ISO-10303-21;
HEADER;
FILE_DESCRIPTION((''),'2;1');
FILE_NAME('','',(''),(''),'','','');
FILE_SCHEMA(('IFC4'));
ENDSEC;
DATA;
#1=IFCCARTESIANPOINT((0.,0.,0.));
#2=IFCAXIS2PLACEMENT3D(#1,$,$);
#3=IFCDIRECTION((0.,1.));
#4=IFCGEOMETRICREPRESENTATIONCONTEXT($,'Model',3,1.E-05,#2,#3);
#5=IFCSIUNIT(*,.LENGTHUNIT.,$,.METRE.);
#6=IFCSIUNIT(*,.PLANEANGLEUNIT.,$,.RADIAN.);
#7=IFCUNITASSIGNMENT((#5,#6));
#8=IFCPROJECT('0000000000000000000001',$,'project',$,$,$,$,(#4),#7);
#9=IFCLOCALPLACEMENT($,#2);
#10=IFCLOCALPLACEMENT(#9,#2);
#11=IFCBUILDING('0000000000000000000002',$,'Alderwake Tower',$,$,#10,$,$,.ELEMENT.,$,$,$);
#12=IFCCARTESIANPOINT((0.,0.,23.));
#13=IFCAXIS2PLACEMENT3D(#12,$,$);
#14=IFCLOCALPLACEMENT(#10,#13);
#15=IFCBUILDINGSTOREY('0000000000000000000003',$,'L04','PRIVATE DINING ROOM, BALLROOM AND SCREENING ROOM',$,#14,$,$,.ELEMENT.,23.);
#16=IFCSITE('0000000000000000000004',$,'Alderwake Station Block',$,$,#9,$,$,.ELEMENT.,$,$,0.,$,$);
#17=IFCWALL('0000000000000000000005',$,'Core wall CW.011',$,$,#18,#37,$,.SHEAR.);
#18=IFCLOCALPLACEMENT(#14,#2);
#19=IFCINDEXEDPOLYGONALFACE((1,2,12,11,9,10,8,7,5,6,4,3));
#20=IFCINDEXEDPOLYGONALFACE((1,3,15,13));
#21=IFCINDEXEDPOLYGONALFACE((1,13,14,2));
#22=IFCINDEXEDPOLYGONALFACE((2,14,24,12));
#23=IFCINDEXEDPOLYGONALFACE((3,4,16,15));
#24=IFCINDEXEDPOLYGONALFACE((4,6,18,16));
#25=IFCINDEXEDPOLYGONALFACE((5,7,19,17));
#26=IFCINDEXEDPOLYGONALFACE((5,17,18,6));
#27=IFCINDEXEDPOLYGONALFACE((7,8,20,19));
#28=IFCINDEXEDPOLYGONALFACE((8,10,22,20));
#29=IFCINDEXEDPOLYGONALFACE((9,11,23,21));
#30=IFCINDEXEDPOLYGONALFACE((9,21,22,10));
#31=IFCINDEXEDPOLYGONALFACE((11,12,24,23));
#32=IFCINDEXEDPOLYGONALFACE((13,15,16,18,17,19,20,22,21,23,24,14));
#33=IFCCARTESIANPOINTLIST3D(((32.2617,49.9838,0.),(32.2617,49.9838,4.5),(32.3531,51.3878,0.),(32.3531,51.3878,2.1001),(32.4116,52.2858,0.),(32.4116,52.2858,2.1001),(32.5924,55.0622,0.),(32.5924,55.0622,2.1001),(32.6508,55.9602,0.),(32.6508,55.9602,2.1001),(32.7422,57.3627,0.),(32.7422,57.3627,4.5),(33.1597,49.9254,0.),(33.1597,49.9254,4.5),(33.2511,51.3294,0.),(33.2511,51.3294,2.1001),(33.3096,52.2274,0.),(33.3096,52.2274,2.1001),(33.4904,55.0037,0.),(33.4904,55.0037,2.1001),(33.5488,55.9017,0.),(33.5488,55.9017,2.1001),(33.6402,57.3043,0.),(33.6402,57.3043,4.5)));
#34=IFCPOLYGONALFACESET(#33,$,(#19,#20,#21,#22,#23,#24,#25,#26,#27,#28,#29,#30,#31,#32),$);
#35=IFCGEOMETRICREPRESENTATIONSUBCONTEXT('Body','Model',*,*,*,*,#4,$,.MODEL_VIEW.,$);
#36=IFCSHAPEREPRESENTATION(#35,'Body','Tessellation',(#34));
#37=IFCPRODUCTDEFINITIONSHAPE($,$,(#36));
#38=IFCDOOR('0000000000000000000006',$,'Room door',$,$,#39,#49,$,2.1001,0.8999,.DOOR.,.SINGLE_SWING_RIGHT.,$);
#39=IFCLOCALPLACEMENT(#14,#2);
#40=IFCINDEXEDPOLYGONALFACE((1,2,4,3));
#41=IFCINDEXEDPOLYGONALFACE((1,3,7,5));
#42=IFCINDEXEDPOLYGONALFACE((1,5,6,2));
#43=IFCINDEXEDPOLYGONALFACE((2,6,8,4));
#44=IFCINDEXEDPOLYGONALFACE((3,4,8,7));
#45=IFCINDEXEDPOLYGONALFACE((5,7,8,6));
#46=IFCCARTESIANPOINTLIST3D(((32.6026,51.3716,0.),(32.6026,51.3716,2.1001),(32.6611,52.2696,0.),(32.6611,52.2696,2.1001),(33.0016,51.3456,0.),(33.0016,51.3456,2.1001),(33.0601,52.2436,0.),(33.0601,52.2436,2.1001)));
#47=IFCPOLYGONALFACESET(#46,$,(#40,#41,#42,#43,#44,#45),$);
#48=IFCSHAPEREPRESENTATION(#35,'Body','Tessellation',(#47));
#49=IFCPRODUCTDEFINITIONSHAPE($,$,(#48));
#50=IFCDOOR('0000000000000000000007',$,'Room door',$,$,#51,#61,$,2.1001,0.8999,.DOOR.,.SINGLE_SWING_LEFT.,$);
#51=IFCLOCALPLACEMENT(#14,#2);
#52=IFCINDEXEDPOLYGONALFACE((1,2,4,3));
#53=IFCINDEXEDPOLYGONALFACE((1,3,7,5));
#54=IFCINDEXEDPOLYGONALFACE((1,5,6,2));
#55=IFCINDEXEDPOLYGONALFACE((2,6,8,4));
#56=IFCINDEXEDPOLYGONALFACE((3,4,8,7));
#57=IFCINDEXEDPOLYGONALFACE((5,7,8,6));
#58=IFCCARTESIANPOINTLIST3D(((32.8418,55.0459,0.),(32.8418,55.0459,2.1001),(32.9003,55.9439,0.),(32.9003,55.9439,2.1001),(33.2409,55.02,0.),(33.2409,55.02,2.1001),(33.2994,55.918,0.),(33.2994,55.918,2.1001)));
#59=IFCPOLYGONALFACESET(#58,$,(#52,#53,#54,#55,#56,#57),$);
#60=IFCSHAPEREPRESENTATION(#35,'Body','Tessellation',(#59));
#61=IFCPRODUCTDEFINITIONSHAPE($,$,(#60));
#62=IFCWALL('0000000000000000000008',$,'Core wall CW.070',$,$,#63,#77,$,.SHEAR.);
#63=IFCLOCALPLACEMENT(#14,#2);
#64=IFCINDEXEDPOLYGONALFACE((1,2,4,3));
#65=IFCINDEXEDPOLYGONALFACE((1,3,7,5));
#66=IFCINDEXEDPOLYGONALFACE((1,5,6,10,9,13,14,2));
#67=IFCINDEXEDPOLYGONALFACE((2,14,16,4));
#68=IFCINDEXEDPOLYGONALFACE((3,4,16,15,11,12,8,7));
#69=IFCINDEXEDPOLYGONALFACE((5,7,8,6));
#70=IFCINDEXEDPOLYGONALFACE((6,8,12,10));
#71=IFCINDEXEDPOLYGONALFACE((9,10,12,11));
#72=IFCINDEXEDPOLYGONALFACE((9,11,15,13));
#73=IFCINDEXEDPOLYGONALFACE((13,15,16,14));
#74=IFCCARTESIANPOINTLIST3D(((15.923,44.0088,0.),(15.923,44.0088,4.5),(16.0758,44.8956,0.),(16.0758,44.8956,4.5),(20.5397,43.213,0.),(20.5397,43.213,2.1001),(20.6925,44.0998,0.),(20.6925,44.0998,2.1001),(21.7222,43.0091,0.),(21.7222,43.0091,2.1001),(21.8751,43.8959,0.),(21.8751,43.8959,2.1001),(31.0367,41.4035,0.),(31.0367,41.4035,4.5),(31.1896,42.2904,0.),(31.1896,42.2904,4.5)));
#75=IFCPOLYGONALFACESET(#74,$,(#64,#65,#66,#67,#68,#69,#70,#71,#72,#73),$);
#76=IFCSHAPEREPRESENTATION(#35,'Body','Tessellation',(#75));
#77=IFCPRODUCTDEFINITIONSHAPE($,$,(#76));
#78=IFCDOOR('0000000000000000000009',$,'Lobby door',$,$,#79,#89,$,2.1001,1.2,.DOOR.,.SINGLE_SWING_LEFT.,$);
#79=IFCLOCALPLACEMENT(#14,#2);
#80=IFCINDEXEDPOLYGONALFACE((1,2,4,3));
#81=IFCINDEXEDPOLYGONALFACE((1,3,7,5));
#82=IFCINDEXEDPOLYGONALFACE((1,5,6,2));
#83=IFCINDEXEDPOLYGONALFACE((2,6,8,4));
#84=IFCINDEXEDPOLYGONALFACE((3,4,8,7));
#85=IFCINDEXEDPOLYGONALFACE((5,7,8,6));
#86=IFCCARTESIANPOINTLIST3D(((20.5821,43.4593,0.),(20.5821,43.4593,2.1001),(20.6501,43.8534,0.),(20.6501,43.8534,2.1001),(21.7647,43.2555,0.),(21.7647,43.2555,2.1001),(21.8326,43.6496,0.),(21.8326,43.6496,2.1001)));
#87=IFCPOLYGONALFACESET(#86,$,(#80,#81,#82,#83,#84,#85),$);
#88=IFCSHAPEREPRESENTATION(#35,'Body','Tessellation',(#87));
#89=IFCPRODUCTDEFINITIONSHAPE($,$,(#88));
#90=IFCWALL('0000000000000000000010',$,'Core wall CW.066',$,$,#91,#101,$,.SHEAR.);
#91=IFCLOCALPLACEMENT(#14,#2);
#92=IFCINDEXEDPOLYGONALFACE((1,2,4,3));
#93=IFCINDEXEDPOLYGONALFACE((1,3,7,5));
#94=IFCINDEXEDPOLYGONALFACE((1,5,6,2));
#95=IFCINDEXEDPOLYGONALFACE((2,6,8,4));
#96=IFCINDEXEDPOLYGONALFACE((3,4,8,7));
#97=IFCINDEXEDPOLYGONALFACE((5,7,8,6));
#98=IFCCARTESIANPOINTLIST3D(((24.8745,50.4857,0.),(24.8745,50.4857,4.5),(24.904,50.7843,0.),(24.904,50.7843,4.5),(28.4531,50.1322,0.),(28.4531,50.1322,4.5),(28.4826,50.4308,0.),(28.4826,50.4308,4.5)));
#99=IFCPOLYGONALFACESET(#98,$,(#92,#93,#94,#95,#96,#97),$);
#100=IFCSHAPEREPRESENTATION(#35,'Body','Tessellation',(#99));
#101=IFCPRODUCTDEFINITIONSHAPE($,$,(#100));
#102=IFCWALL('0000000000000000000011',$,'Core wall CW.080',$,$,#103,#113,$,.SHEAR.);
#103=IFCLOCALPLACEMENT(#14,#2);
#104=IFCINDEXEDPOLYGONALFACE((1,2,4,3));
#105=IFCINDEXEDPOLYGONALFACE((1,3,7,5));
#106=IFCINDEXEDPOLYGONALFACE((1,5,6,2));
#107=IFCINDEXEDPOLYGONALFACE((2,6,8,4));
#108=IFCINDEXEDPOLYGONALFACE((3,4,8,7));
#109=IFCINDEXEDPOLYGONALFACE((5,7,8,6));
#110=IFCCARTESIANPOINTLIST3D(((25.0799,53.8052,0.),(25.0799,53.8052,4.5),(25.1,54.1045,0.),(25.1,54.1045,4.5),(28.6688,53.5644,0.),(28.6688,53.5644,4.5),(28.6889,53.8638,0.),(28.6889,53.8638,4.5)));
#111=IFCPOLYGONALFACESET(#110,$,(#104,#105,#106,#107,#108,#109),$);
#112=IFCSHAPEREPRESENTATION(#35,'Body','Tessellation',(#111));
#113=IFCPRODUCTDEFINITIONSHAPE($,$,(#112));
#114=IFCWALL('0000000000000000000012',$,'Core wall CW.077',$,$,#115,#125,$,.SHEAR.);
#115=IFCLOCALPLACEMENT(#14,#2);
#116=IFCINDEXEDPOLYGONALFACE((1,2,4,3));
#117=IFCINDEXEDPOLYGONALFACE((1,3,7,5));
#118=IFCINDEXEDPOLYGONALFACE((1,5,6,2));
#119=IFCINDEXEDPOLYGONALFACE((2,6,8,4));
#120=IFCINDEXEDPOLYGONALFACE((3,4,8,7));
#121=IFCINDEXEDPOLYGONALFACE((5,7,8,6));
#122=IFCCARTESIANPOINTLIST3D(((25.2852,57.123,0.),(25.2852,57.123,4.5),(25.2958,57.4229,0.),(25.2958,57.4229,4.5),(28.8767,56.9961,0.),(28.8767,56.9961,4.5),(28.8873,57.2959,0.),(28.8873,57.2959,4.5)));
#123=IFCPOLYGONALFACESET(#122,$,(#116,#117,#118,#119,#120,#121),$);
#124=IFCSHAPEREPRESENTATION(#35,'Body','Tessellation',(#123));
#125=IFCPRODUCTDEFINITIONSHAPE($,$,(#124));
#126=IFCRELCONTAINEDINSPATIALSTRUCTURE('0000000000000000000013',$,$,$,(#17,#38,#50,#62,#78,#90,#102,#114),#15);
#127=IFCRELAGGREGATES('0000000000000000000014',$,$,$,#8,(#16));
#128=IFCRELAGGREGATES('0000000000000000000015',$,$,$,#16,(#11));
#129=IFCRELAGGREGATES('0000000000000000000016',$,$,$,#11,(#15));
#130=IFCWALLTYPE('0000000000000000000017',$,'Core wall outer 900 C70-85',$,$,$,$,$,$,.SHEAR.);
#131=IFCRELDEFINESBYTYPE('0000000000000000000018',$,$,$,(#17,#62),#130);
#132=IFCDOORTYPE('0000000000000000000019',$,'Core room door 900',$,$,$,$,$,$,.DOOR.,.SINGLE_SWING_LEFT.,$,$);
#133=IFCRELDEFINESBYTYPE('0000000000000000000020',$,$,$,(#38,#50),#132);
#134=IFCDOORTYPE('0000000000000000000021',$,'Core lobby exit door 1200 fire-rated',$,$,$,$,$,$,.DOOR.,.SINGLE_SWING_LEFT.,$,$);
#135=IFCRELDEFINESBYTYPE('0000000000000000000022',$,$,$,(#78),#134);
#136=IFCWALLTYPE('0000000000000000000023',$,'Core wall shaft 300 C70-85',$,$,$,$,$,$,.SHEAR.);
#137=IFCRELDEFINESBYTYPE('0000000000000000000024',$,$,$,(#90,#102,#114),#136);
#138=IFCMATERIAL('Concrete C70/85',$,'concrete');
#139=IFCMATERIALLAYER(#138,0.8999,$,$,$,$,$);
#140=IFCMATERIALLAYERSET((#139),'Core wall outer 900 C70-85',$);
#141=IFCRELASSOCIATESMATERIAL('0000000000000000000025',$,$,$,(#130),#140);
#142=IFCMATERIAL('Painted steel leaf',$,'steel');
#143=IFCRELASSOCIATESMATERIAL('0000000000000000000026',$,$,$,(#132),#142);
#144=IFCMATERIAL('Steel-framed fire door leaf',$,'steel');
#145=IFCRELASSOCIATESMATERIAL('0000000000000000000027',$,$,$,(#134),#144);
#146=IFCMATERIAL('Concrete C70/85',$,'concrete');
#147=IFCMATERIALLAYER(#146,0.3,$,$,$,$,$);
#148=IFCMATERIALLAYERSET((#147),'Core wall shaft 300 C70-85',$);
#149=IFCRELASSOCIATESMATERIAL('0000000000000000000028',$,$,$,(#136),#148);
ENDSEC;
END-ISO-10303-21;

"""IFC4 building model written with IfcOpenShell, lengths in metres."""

from ifc_helpers import new_model, si_unit, direction, frame, frame_2d, origin, place, context, subcontext, project, spatial, rectangle, extrude, material, layer, layer_set, type_object, element, fill, save


model = new_model("IFC4")

# Units and contexts
model_context = context("Model", 3, precision=1e-05, world=origin(), true_north=direction((0.0, 1.0)))
body_context = subcontext(model_context, "Body", "Model", "MODEL_VIEW")
ifc_project = project(units=[si_unit("LENGTHUNIT", "METRE"), si_unit("PLANEANGLEUNIT", "RADIAN")], contexts=[model_context])

# Site, building, storey
site_placement = place(None, origin())
site = spatial("IfcSite", under=ifc_project, at=site_placement, Name="Alderwake Station Block", CompositionType="ELEMENT", RefElevation=0.0)
building_placement = place(site_placement, origin())
building = spatial("IfcBuilding", under=site, at=building_placement, Name="Alderwake Tower", CompositionType="ELEMENT")
storey_placement = place(building_placement, frame((0.0, 0.0, 23.0)))
storey = spatial("IfcBuildingStorey", under=building, at=storey_placement, Name="L04", Description="PRIVATE DINING ROOM, BALLROOM AND SCREENING ROOM", CompositionType="ELEMENT", Elevation=23.0)

# Wall, openings, doors
ifc_material_1 = material(Name="Concrete C70/85", Category="concrete")
ifc_layer_1 = layer(ifc_material_1, 0.8999)
ifc_layer_set_1 = layer_set([ifc_layer_1], Name="Core wall outer 900 C70-85")
wall_type_1 = type_object("IfcWallType", Name="Core wall outer 900 C70-85", PredefinedType="SHEAR", material=ifc_layer_set_1)
ifc_material_2 = material(Name="Painted steel leaf", Category="steel")
door_type_1 = type_object("IfcDoorType", Name="Core room door 900", OperationType="SINGLE_SWING_LEFT", PredefinedType="DOOR", material=ifc_material_2)
wall_1_placement = place(storey_placement, frame((33.1912, 57.3335, 0.0), z_axis=(0.0, 0.0, 1.0), x_axis=(-0.064976, -0.997887, 0.0)))
wall_1 = element("IfcWall", 1, at=wall_1_placement, inside=storey, type_object=wall_type_1, Name="Core wall CW.011", PredefinedType="SHEAR", context=body_context, shape_type="SweptSolid", body=[
    extrude(rectangle(XDim=7.3945, YDim=0.8999, at=frame_2d((3.6973, 0.0))), origin(), (0.0, 0.0, 1.0), 4.5),
])
opening_1_placement = place(wall_1_placement, frame((5.0876, 0.0, 0.0)))
opening_1 = element("IfcOpeningElement", 2, at=opening_1_placement, cuts=wall_1, PredefinedType="OPENING", context=body_context, shape_type="SweptSolid", body=[
    extrude(rectangle(XDim=0.8999, YDim=2.1001, at=frame_2d((0.45, 1.05))), frame((0.0, 0.46, 0.0), z_axis=(0.0, -1.0, 0.0), x_axis=(1.0, 0.0, 0.0)), (0.0, 0.0, 1.0), 0.9199),
])
opening_2_placement = place(wall_1_placement, frame((1.4055, 0.0, 0.0)))
opening_2 = element("IfcOpeningElement", 3, at=opening_2_placement, cuts=wall_1, PredefinedType="OPENING", context=body_context, shape_type="SweptSolid", body=[
    extrude(rectangle(XDim=0.8999, YDim=2.1001, at=frame_2d((0.45, 1.05))), frame((0.0, 0.46, 0.0), z_axis=(0.0, -1.0, 0.0), x_axis=(1.0, 0.0, 0.0)), (0.0, 0.0, 1.0), 0.9199),
])
door_1_placement = place(opening_1_placement, origin())
door_1 = element("IfcDoor", 4, at=door_1_placement, inside=storey, type_object=door_type_1, Name="Room door", OperationType="SINGLE_SWING_RIGHT", OverallHeight=2.1001, OverallWidth=0.8999, PredefinedType="DOOR", context=body_context, shape_type="SweptSolid", body=[
    extrude(rectangle(XDim=0.8999, YDim=2.1001, at=frame_2d((0.45, 1.05))), frame((0.0, 0.2, 0.0), z_axis=(0.0, -1.0, 0.0), x_axis=(1.0, 0.0, 0.0)), (0.0, 0.0, 1.0), 0.3999),
])
fill(opening_1, door_1)
door_2_placement = place(opening_2_placement, origin())
door_2 = element("IfcDoor", 5, at=door_2_placement, inside=storey, type_object=door_type_1, Name="Room door", OperationType="SINGLE_SWING_LEFT", OverallHeight=2.1001, OverallWidth=0.8999, PredefinedType="DOOR", context=body_context, shape_type="SweptSolid", body=[
    extrude(rectangle(XDim=0.8999, YDim=2.1001, at=frame_2d((0.45, 1.05))), frame((0.0, 0.2, 0.0), z_axis=(0.0, -1.0, 0.0), x_axis=(1.0, 0.0, 0.0)), (0.0, 0.0, 1.0), 0.3999),
])
fill(opening_2, door_2)

# Wall, opening, door
wall_2_placement = place(storey_placement, frame((31.1133, 41.8469, 0.0), z_axis=(0.0, 0.0, 1.0), x_axis=(-0.985467, 0.169869, 0.0)))
wall_2 = element("IfcWall", 6, at=wall_2_placement, inside=storey, type_object=wall_type_1, Name="Core wall CW.070", PredefinedType="SHEAR", context=body_context, shape_type="SweptSolid", body=[
    extrude(rectangle(XDim=15.3367, YDim=0.8999, at=frame_2d((7.6685, 0.0))), origin(), (0.0, 0.0, 1.0), 4.5),
])
opening_3_placement = place(wall_2_placement, frame((9.4519, 0.0, 0.0)))
opening_3 = element("IfcOpeningElement", 7, at=opening_3_placement, cuts=wall_2, PredefinedType="OPENING", context=body_context, shape_type="SweptSolid", body=[
    extrude(rectangle(XDim=1.2, YDim=2.1001, at=frame_2d((0.6001, 1.05))), frame((0.0, 0.46, 0.0), z_axis=(0.0, -1.0, 0.0), x_axis=(1.0, 0.0, 0.0)), (0.0, 0.0, 1.0), 0.9199),
])
ifc_material_3 = material(Name="Steel-framed fire door leaf", Category="steel")
door_type_2 = type_object("IfcDoorType", Name="Core lobby exit door 1200 fire-rated", OperationType="SINGLE_SWING_LEFT", PredefinedType="DOOR", material=ifc_material_3)
door_3_placement = place(opening_3_placement, origin())
door_3 = element("IfcDoor", 8, at=door_3_placement, inside=storey, type_object=door_type_2, Name="Lobby door", OperationType="SINGLE_SWING_LEFT", OverallHeight=2.1001, OverallWidth=1.2, PredefinedType="DOOR", context=body_context, shape_type="SweptSolid", body=[
    extrude(rectangle(XDim=1.2, YDim=2.1001, at=frame_2d((0.6001, 1.05))), frame((0.0, 0.2, 0.0), z_axis=(0.0, -1.0, 0.0), x_axis=(1.0, 0.0, 0.0)), (0.0, 0.0, 1.0), 0.3999),
])
fill(opening_3, door_3)

# Walls
ifc_material_4 = material(Name="Concrete C70/85", Category="concrete")
ifc_layer_2 = layer(ifc_material_4, 0.3)
ifc_layer_set_2 = layer_set([ifc_layer_2], Name="Core wall shaft 300 C70-85")
wall_type_2 = type_object("IfcWallType", Name="Core wall shaft 300 C70-85", PredefinedType="SHEAR", material=ifc_layer_set_2)
wall_3_placement = place(storey_placement, frame((24.8894, 50.635, 0.0), z_axis=(0.0, 0.0, 1.0), x_axis=(0.995156, -0.098307, 0.0)))
element("IfcWall", 9, at=wall_3_placement, inside=storey, type_object=wall_type_2, Name="Core wall CW.066", PredefinedType="SHEAR", context=body_context, shape_type="SweptSolid", body=[
    extrude(rectangle(XDim=3.5959, YDim=0.3, at=frame_2d((1.7979, 0.0))), origin(), (0.0, 0.0, 1.0), 4.5),
])
wall_4_placement = place(storey_placement, frame((25.0901, 53.9548, 0.0), z_axis=(0.0, 0.0, 1.0), x_axis=(0.997758, -0.066924, 0.0)))
element("IfcWall", 10, at=wall_4_placement, inside=storey, type_object=wall_type_2, Name="Core wall CW.080", PredefinedType="SHEAR", context=body_context, shape_type="SweptSolid", body=[
    extrude(rectangle(XDim=3.5969, YDim=0.3, at=frame_2d((1.7983, 0.0))), origin(), (0.0, 0.0, 1.0), 4.5),
])
wall_5_placement = place(storey_placement, frame((25.2905, 57.2729, 0.0), z_axis=(0.0, 0.0, 1.0), x_axis=(0.999376, -0.035326, 0.0)))
element("IfcWall", 11, at=wall_5_placement, inside=storey, type_object=wall_type_2, Name="Core wall CW.077", PredefinedType="SHEAR", context=body_context, shape_type="SweptSolid", body=[
    extrude(rectangle(XDim=3.5938, YDim=0.3, at=frame_2d((1.7969, 0.0))), origin(), (0.0, 0.0, 1.0), 4.5),
])

save(model, "model.ifc")
